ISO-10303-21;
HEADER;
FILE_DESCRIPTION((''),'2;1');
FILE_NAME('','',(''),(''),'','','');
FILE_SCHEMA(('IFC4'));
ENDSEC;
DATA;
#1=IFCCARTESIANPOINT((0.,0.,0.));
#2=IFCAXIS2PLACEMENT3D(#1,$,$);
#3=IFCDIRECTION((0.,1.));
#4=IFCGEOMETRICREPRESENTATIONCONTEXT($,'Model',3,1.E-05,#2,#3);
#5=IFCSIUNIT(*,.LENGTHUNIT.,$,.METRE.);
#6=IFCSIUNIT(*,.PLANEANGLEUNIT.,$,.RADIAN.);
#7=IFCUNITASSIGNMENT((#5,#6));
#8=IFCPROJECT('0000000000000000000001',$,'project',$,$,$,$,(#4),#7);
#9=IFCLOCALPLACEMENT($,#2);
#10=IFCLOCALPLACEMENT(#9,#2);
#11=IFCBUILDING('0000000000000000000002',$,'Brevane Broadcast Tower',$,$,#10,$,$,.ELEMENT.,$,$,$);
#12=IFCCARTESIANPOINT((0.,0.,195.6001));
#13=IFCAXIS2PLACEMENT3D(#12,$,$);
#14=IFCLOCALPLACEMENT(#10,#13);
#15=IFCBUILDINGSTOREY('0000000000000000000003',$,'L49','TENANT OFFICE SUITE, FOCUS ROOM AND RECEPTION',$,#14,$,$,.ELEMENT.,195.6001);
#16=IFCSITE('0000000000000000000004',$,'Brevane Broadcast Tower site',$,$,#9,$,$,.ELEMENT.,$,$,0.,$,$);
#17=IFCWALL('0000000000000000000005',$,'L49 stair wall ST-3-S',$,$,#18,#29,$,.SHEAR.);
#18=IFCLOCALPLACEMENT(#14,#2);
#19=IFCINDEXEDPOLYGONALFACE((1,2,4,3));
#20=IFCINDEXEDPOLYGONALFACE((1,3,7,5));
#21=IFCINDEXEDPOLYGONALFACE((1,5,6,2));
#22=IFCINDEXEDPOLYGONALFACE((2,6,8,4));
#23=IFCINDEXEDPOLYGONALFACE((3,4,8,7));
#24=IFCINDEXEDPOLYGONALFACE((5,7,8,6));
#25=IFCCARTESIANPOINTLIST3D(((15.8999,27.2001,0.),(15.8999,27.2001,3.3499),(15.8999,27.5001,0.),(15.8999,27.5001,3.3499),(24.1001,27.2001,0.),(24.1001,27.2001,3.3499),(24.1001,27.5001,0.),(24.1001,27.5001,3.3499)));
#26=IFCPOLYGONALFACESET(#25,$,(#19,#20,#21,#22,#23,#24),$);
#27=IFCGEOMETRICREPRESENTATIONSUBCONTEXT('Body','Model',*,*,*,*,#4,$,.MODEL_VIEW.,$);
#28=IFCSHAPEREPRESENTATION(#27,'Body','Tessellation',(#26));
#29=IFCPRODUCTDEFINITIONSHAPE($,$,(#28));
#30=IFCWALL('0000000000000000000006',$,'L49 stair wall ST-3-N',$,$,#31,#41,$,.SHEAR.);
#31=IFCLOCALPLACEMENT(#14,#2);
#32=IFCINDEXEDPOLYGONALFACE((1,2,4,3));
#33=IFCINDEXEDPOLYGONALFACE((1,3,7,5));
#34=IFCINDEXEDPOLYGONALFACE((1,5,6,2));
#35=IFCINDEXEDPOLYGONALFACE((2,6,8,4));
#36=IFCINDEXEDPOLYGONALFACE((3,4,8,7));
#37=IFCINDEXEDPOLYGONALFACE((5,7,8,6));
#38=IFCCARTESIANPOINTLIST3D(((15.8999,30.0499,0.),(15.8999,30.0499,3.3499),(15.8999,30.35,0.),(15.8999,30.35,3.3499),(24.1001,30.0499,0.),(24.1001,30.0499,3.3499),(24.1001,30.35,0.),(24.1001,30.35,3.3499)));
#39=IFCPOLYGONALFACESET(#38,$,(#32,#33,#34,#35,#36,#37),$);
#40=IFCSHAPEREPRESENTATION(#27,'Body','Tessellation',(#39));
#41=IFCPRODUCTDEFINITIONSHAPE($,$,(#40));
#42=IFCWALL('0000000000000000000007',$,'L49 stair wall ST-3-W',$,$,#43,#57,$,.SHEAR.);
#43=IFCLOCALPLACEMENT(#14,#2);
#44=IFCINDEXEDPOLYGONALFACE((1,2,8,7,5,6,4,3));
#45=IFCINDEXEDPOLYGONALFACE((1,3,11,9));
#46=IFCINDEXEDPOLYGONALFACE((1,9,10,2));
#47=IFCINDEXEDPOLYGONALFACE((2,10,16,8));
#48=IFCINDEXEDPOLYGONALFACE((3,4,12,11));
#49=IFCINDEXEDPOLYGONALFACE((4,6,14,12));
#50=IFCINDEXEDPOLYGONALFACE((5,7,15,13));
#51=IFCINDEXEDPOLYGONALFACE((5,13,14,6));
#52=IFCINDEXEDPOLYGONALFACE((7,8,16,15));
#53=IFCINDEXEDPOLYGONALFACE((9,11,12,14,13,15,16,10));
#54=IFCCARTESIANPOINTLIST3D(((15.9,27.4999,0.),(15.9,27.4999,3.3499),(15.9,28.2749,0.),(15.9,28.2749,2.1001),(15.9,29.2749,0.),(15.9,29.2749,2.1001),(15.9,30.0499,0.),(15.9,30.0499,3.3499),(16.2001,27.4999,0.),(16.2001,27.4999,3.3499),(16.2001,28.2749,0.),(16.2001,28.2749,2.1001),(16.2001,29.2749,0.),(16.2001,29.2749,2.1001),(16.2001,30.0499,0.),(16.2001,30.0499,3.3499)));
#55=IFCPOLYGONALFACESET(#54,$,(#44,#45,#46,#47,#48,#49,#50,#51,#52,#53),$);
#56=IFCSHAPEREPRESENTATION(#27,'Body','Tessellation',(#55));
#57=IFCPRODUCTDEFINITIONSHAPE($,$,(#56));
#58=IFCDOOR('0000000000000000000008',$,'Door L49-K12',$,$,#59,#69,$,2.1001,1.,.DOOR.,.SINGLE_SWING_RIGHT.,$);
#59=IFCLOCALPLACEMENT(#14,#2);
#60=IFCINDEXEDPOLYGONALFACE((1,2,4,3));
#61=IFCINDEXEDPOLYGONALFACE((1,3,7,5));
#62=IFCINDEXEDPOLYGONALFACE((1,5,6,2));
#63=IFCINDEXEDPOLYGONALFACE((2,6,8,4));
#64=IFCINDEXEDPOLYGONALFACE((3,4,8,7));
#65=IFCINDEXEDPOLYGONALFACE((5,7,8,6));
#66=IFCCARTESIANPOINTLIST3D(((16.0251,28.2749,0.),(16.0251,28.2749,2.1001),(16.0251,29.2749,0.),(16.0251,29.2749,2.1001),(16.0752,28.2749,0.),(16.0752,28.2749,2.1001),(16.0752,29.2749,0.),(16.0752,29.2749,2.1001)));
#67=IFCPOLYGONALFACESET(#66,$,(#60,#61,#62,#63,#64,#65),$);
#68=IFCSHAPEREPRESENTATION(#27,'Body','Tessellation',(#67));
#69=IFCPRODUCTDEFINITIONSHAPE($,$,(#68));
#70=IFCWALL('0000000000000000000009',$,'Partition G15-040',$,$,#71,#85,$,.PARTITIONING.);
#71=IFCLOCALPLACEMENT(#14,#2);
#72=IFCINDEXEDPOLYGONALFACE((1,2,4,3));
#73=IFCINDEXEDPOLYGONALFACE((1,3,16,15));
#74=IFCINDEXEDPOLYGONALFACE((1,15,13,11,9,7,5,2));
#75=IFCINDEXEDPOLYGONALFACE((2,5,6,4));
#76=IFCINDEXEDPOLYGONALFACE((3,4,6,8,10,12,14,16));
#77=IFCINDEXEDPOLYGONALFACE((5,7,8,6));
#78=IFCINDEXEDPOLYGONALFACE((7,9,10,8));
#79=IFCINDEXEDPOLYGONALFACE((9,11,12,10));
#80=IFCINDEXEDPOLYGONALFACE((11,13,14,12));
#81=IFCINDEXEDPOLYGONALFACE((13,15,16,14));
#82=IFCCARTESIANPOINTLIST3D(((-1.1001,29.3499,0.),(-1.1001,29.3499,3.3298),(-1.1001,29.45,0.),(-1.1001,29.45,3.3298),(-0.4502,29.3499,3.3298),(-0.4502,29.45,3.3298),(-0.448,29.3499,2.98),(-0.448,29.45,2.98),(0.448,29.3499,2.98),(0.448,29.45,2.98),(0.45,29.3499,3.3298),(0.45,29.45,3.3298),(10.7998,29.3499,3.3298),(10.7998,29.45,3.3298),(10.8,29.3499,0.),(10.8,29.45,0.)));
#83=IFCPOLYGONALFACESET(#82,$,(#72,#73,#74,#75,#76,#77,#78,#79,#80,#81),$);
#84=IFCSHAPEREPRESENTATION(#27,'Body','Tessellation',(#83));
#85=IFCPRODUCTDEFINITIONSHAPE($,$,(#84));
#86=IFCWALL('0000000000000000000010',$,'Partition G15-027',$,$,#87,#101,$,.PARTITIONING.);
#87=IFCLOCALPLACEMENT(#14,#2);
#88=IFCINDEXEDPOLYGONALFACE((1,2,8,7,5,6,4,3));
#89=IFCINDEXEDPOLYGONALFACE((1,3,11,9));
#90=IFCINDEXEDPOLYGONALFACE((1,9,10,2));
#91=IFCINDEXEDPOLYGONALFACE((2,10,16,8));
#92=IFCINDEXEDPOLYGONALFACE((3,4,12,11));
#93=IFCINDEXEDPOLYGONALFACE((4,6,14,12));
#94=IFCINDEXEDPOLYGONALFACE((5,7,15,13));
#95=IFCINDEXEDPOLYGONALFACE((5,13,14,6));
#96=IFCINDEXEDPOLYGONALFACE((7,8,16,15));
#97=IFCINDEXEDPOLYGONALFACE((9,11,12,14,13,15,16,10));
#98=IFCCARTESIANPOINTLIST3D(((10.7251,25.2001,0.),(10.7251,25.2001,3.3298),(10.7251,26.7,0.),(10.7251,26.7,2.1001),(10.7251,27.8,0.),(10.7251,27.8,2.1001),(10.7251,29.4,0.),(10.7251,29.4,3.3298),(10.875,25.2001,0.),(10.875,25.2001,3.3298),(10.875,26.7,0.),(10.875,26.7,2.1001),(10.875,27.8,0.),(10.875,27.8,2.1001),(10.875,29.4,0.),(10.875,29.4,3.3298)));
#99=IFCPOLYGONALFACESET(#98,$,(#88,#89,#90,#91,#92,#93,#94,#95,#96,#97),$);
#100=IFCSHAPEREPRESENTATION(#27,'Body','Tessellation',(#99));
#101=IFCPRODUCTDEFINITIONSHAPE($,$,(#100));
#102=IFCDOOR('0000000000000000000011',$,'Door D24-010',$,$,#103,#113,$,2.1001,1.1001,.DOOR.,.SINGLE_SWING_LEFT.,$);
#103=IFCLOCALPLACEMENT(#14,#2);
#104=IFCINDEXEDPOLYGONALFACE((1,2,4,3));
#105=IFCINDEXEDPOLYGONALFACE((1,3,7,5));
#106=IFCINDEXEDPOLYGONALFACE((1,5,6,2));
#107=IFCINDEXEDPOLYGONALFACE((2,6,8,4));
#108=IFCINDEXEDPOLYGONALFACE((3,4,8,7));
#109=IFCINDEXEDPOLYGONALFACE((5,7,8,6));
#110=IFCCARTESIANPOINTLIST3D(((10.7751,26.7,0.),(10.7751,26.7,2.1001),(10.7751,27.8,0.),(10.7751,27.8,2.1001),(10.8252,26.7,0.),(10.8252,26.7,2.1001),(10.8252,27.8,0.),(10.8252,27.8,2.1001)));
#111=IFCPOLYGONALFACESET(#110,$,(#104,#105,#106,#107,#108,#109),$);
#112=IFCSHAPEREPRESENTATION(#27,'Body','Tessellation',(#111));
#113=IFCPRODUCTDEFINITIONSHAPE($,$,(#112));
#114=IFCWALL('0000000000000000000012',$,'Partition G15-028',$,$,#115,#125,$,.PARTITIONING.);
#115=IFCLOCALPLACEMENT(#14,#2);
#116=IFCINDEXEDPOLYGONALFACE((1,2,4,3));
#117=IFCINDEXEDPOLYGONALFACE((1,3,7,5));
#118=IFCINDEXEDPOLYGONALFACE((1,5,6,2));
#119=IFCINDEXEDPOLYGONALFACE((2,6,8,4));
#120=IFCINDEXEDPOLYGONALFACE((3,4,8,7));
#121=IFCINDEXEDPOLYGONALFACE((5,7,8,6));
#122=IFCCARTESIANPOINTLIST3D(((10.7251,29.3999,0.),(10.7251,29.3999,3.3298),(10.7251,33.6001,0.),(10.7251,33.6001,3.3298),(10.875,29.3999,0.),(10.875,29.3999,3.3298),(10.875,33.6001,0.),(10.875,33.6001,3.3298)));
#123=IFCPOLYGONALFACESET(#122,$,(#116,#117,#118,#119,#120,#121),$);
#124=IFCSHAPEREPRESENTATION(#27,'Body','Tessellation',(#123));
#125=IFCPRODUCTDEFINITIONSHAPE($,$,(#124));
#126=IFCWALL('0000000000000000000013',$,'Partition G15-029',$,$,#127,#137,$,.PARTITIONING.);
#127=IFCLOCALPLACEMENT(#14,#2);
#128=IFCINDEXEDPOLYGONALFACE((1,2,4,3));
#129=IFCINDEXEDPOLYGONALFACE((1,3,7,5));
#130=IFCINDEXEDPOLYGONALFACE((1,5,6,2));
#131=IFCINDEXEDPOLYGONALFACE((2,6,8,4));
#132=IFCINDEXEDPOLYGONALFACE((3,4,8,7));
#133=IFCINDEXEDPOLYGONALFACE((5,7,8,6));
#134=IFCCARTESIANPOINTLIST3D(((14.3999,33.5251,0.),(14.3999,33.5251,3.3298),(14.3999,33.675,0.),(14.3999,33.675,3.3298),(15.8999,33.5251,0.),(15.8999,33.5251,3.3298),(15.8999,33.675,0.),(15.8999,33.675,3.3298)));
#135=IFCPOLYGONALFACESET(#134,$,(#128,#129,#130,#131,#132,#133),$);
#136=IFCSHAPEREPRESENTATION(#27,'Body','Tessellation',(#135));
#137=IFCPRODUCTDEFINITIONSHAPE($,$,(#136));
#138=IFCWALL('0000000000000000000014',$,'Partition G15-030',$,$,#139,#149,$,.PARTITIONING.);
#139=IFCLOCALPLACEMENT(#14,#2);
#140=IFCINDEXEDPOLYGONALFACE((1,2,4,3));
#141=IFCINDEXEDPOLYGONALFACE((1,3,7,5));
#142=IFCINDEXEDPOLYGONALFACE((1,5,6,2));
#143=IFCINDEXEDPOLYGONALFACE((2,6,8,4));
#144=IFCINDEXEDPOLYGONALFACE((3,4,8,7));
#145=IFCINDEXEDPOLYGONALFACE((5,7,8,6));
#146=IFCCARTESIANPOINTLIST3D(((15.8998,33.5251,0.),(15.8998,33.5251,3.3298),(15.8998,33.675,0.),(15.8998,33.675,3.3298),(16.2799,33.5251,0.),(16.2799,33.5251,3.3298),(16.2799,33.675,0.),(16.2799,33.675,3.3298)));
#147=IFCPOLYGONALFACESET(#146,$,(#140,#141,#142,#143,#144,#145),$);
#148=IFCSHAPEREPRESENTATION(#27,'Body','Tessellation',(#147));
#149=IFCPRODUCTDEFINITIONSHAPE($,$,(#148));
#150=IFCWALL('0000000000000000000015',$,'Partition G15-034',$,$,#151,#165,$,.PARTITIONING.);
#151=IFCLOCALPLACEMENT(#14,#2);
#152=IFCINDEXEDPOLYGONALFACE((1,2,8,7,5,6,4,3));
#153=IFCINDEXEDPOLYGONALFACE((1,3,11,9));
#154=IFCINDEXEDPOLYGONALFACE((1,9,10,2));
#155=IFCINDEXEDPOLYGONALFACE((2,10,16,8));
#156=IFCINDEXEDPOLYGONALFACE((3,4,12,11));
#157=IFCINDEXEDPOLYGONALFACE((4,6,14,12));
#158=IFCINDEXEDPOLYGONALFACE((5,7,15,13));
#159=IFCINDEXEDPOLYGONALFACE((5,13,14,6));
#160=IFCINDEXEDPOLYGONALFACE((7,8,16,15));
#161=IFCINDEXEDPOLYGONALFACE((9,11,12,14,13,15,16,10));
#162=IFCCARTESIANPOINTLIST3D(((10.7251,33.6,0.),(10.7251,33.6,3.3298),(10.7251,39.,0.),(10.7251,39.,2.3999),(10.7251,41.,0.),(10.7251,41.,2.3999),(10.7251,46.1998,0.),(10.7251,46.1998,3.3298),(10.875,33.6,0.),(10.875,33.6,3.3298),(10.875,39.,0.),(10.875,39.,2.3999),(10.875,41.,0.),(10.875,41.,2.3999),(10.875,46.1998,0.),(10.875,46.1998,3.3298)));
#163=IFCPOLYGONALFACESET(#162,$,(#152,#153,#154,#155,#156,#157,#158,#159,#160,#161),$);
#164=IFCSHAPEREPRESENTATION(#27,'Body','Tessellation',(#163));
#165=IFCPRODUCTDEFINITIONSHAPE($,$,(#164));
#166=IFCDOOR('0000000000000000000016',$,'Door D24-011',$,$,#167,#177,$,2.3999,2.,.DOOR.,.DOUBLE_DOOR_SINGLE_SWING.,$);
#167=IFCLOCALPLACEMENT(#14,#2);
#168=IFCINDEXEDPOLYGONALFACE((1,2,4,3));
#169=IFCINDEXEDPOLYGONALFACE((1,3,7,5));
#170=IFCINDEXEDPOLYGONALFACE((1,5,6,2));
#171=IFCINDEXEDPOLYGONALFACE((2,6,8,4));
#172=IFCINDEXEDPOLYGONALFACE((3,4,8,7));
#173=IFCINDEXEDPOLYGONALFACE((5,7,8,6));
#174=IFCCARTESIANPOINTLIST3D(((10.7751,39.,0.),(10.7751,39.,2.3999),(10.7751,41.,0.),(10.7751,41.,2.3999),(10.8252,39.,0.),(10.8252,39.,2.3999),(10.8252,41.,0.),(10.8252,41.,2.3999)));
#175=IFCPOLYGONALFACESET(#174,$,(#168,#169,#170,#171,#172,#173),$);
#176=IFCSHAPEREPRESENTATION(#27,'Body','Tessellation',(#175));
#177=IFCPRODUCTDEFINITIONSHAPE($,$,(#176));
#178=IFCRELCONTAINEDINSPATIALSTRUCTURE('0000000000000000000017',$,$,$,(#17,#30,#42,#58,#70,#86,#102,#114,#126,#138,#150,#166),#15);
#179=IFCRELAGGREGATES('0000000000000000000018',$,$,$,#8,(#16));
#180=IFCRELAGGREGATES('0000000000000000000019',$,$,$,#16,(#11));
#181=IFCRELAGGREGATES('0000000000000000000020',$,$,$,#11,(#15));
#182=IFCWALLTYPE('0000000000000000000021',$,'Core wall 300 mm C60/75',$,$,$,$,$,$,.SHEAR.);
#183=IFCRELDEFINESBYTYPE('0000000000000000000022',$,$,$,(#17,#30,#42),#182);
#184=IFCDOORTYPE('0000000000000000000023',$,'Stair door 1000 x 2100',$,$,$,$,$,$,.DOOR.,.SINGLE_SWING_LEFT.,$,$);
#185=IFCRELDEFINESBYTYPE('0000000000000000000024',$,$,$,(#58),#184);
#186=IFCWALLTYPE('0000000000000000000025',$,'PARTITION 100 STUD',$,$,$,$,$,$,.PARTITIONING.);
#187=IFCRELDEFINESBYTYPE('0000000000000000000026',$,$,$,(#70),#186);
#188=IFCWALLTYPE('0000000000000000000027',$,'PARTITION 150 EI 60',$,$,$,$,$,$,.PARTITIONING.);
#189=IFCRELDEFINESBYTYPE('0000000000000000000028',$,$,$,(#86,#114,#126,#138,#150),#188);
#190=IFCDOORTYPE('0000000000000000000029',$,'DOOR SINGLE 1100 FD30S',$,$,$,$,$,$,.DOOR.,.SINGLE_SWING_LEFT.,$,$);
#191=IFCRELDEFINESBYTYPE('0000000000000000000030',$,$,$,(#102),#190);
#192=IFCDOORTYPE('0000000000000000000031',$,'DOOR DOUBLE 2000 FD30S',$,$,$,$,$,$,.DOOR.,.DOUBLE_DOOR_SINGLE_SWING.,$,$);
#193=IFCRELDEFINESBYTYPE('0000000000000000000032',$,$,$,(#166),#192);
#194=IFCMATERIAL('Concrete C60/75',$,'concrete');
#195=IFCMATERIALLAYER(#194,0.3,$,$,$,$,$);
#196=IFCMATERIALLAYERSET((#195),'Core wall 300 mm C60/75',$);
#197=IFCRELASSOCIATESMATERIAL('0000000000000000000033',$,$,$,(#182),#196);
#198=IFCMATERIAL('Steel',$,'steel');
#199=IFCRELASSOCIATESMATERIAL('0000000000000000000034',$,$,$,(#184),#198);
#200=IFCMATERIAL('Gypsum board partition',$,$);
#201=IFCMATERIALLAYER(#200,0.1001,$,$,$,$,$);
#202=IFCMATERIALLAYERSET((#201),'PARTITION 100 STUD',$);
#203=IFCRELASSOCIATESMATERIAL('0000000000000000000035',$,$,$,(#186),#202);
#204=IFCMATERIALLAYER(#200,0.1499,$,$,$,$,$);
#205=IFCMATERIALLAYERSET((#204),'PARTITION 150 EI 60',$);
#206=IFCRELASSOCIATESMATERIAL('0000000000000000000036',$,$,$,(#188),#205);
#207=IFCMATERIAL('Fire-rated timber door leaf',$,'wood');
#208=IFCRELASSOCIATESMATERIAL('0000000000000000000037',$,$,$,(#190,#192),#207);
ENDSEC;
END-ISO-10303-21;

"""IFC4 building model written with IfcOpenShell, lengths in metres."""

from ifc_helpers import new_model, si_unit, direction, frame, frame_2d, origin, place, context, subcontext, project, spatial, polyline, rectangle, outline, extrude, material, layer, layer_set, type_object, element, fill, save


model = new_model("IFC4")

# Units and contexts
model_context = context("Model", 3, precision=1e-05, world=origin(), true_north=direction((0.0, 1.0)))
body_context = subcontext(model_context, "Body", "Model", "MODEL_VIEW")
ifc_project = project(units=[si_unit("LENGTHUNIT", "METRE"), si_unit("PLANEANGLEUNIT", "RADIAN")], contexts=[model_context])

# Site, building, storey
site_placement = place(None, origin())
site = spatial("IfcSite", under=ifc_project, at=site_placement, Name="Brevane Broadcast Tower site", CompositionType="ELEMENT", RefElevation=0.0)
building_placement = place(site_placement, origin())
building = spatial("IfcBuilding", under=site, at=building_placement, Name="Brevane Broadcast Tower", CompositionType="ELEMENT")
storey_placement = place(building_placement, frame((0.0, 0.0, 195.6001)))
storey = spatial("IfcBuildingStorey", under=building, at=storey_placement, Name="L49", Description="TENANT OFFICE SUITE, FOCUS ROOM AND RECEPTION", CompositionType="ELEMENT", Elevation=195.6001)

# Shared definitions
ifc_material_1 = material(Name="Concrete C60/75", Category="concrete")

# Walls
ifc_layer_1 = layer(ifc_material_1, 0.3)
ifc_layer_set_1 = layer_set([ifc_layer_1], Name="Core wall 300 mm C60/75")
wall_type_1 = type_object("IfcWallType", Name="Core wall 300 mm C60/75", PredefinedType="SHEAR", material=ifc_layer_set_1)
for number, where, z_axis, x_axis, name in (
    (1, (15.8999, 27.3501, 0.0), (0.0, 0.0, 1.0), (1.0, 0.0, 0.0), "L49 stair wall ST-3-S"),
    (2, (15.8999, 30.2, 0.0), (0.0, 0.0, 1.0), (1.0, 0.0, 0.0), "L49 stair wall ST-3-N"),
):
    element("IfcWall", number, at=place(storey_placement, frame(where, z_axis=z_axis, x_axis=x_axis)), inside=storey, type_object=wall_type_1, Name=name, PredefinedType="SHEAR", context=body_context, shape_type="SweptSolid", body=[
        extrude(rectangle(XDim=8.2002, YDim=0.3, at=frame_2d((4.1001, 0.0))), origin(), (0.0, 0.0, 1.0), 3.3499),
    ])

# Wall, opening, door
wall_1_placement = place(storey_placement, frame((16.05, 27.5, 0.0), z_axis=(0.0, 0.0, 1.0), x_axis=(0.0, 1.0, 0.0)))
wall_1 = element("IfcWall", 3, at=wall_1_placement, inside=storey, type_object=wall_type_1, Name="L49 stair wall ST-3-W", PredefinedType="SHEAR", context=body_context, shape_type="SweptSolid", body=[
    extrude(rectangle(XDim=2.55, YDim=0.3, at=frame_2d((1.2749, 0.0))), origin(), (0.0, 0.0, 1.0), 3.3499),
])
opening_1_placement = place(wall_1_placement, frame((0.7749, 0.0, 0.0)))
opening_1 = element("IfcOpeningElement", 4, at=opening_1_placement, cuts=wall_1, PredefinedType="OPENING", context=body_context, shape_type="SweptSolid", body=[
    extrude(rectangle(XDim=1.0, YDim=2.1001, at=frame_2d((0.5, 1.05))), frame((0.0, 0.1599, 0.0), z_axis=(0.0, -1.0, 0.0), x_axis=(1.0, 0.0, 0.0)), (0.0, 0.0, 1.0), 0.3201),
])
ifc_material_2 = material(Name="Steel", Category="steel")
door_type_1 = type_object("IfcDoorType", Name="Stair door 1000 x 2100", OperationType="SINGLE_SWING_LEFT", PredefinedType="DOOR", material=ifc_material_2)
door_1_placement = place(opening_1_placement, origin())
door_1 = element("IfcDoor", 5, at=door_1_placement, inside=storey, type_object=door_type_1, Name="Door L49-K12", OperationType="SINGLE_SWING_RIGHT", OverallHeight=2.1001, OverallWidth=1.0, PredefinedType="DOOR", context=body_context, shape_type="SweptSolid", body=[
    extrude(rectangle(XDim=1.0, YDim=2.1001, at=frame_2d((0.5, 1.05))), frame((0.0, 0.0249, 0.0), z_axis=(0.0, -1.0, 0.0), x_axis=(1.0, 0.0, 0.0)), (0.0, 0.0, 1.0), 0.05),
])
fill(opening_1, door_1)

# Wall
ifc_material_3 = material(Name="Gypsum board partition")
ifc_layer_2 = layer(ifc_material_3, 0.1001)
ifc_layer_set_2 = layer_set([ifc_layer_2], Name="PARTITION 100 STUD")
wall_type_2 = type_object("IfcWallType", Name="PARTITION 100 STUD", PredefinedType="PARTITIONING", material=ifc_layer_set_2)
wall_2_placement = place(storey_placement, frame((-1.1001, 29.3999, 0.0), z_axis=(0.0, 0.0, 1.0), x_axis=(1.0, 0.0, 0.0)))
element("IfcWall", 6, at=wall_2_placement, inside=storey, type_object=wall_type_2, Name="Partition G15-040", PredefinedType="PARTITIONING", context=body_context, shape_type="SweptSolid", body=[
    extrude(outline(polyline([(0.0, 0.0), (11.9001, 0.0), (11.8999, 3.3298), (1.55, 3.3298), (1.5481, 2.98), (0.6521, 2.98), (0.6499, 3.3298), (0.0, 3.3298), (0.0, 0.0)])), frame((0.0, 0.05, 0.0), z_axis=(0.0, -1.0, 0.0), x_axis=(1.0, 0.0, 0.0)), (0.0, 0.0, 1.0), 0.1001),
])

# Wall, opening, door
ifc_layer_3 = layer(ifc_material_3, 0.1499)
ifc_layer_set_3 = layer_set([ifc_layer_3], Name="PARTITION 150 EI 60")
wall_type_3 = type_object("IfcWallType", Name="PARTITION 150 EI 60", PredefinedType="PARTITIONING", material=ifc_layer_set_3)
wall_3_placement = place(storey_placement, frame((10.8, 25.2, 0.0), z_axis=(0.0, 0.0, 1.0), x_axis=(0.0, 1.0, 0.0)))
wall_3 = element("IfcWall", 7, at=wall_3_placement, inside=storey, type_object=wall_type_3, Name="Partition G15-027", PredefinedType="PARTITIONING", context=body_context, shape_type="SweptSolid", body=[
    extrude(rectangle(XDim=4.2, YDim=0.1499, at=frame_2d((2.1001, 0.0))), origin(), (0.0, 0.0, 1.0), 3.3298),
])
opening_2_placement = place(wall_3_placement, frame((1.5, 0.0, 0.0)))
opening_2 = element("IfcOpeningElement", 8, at=opening_2_placement, cuts=wall_3, PredefinedType="OPENING", context=body_context, shape_type="SweptSolid", body=[
    extrude(rectangle(XDim=1.1001, YDim=2.1001, at=frame_2d((0.55, 1.05))), frame((0.0, 0.085, 0.0), z_axis=(0.0, -1.0, 0.0), x_axis=(1.0, 0.0, 0.0)), (0.0, 0.0, 1.0), 0.1699),
])
ifc_material_4 = material(Name="Fire-rated timber door leaf", Category="wood")
door_type_2 = type_object("IfcDoorType", Name="DOOR SINGLE 1100 FD30S", OperationType="SINGLE_SWING_LEFT", PredefinedType="DOOR", material=ifc_material_4)
door_2_placement = place(opening_2_placement, origin())
door_2 = element("IfcDoor", 9, at=door_2_placement, inside=storey, type_object=door_type_2, Name="Door D24-010", OperationType="SINGLE_SWING_LEFT", OverallHeight=2.1001, OverallWidth=1.1001, PredefinedType="DOOR", context=body_context, shape_type="SweptSolid", body=[
    extrude(rectangle(XDim=1.1001, YDim=2.1001, at=frame_2d((0.55, 1.05))), frame((0.0, 0.0249, 0.0), z_axis=(0.0, -1.0, 0.0), x_axis=(1.0, 0.0, 0.0)), (0.0, 0.0, 1.0), 0.05),
])
fill(opening_2, door_2)

# Walls
wall_4_placement = place(storey_placement, frame((10.8, 29.3999, 0.0), z_axis=(0.0, 0.0, 1.0), x_axis=(0.0, 1.0, 0.0)))
element("IfcWall", 10, at=wall_4_placement, inside=storey, type_object=wall_type_3, Name="Partition G15-028", PredefinedType="PARTITIONING", context=body_context, shape_type="SweptSolid", body=[
    extrude(rectangle(XDim=4.2002, YDim=0.1499, at=frame_2d((2.1001, 0.0))), origin(), (0.0, 0.0, 1.0), 3.3298),
])
wall_5_placement = place(storey_placement, frame((14.3999, 33.6001, 0.0), z_axis=(0.0, 0.0, 1.0), x_axis=(1.0, 0.0, 0.0)))
element("IfcWall", 11, at=wall_5_placement, inside=storey, type_object=wall_type_3, Name="Partition G15-029", PredefinedType="PARTITIONING", context=body_context, shape_type="SweptSolid", body=[
    extrude(rectangle(XDim=1.5, YDim=0.1499, at=frame_2d((0.75, 0.0))), origin(), (0.0, 0.0, 1.0), 3.3298),
])
wall_6_placement = place(storey_placement, frame((15.8999, 33.6001, 0.0), z_axis=(0.0, 0.0, 1.0), x_axis=(1.0, 0.0, 0.0)))
element("IfcWall", 12, at=wall_6_placement, inside=storey, type_object=wall_type_3, Name="Partition G15-030", PredefinedType="PARTITIONING", context=body_context, shape_type="SweptSolid", body=[
    extrude(rectangle(XDim=0.3801, YDim=0.1499, at=frame_2d((0.1899, 0.0))), origin(), (0.0, 0.0, 1.0), 3.3298),
])

# Wall, opening, door
wall_7_placement = place(storey_placement, frame((10.8, 33.6001, 0.0), z_axis=(0.0, 0.0, 1.0), x_axis=(0.0, 1.0, 0.0)))
wall_7 = element("IfcWall", 13, at=wall_7_placement, inside=storey, type_object=wall_type_3, Name="Partition G15-034", PredefinedType="PARTITIONING", context=body_context, shape_type="SweptSolid", body=[
    extrude(rectangle(XDim=12.5999, YDim=0.1499, at=frame_2d((6.2998, 0.0))), origin(), (0.0, 0.0, 1.0), 3.3298),
])
opening_3_placement = place(wall_7_placement, frame((5.3999, 0.0, 0.0)))
opening_3 = element("IfcOpeningElement", 14, at=opening_3_placement, cuts=wall_7, PredefinedType="OPENING", context=body_context, shape_type="SweptSolid", body=[
    extrude(rectangle(XDim=2.0, YDim=2.3999, at=frame_2d((1.0, 1.2))), frame((0.0, 0.085, 0.0), z_axis=(0.0, -1.0, 0.0), x_axis=(1.0, 0.0, 0.0)), (0.0, 0.0, 1.0), 0.1699),
])
door_type_3 = type_object("IfcDoorType", Name="DOOR DOUBLE 2000 FD30S", OperationType="DOUBLE_DOOR_SINGLE_SWING", PredefinedType="DOOR", material=ifc_material_4)
door_3_placement = place(opening_3_placement, origin())
door_3 = element("IfcDoor", 15, at=door_3_placement, inside=storey, type_object=door_type_3, Name="Door D24-011", OperationType="DOUBLE_DOOR_SINGLE_SWING", OverallHeight=2.3999, OverallWidth=2.0, PredefinedType="DOOR", context=body_context, shape_type="SweptSolid", body=[
    extrude(rectangle(XDim=2.0, YDim=2.3999, at=frame_2d((1.0, 1.2))), frame((0.0, 0.0249, 0.0), z_axis=(0.0, -1.0, 0.0), x_axis=(1.0, 0.0, 0.0)), (0.0, 0.0, 1.0), 0.05),
])
fill(opening_3, door_3)

save(model, "model.ifc")
